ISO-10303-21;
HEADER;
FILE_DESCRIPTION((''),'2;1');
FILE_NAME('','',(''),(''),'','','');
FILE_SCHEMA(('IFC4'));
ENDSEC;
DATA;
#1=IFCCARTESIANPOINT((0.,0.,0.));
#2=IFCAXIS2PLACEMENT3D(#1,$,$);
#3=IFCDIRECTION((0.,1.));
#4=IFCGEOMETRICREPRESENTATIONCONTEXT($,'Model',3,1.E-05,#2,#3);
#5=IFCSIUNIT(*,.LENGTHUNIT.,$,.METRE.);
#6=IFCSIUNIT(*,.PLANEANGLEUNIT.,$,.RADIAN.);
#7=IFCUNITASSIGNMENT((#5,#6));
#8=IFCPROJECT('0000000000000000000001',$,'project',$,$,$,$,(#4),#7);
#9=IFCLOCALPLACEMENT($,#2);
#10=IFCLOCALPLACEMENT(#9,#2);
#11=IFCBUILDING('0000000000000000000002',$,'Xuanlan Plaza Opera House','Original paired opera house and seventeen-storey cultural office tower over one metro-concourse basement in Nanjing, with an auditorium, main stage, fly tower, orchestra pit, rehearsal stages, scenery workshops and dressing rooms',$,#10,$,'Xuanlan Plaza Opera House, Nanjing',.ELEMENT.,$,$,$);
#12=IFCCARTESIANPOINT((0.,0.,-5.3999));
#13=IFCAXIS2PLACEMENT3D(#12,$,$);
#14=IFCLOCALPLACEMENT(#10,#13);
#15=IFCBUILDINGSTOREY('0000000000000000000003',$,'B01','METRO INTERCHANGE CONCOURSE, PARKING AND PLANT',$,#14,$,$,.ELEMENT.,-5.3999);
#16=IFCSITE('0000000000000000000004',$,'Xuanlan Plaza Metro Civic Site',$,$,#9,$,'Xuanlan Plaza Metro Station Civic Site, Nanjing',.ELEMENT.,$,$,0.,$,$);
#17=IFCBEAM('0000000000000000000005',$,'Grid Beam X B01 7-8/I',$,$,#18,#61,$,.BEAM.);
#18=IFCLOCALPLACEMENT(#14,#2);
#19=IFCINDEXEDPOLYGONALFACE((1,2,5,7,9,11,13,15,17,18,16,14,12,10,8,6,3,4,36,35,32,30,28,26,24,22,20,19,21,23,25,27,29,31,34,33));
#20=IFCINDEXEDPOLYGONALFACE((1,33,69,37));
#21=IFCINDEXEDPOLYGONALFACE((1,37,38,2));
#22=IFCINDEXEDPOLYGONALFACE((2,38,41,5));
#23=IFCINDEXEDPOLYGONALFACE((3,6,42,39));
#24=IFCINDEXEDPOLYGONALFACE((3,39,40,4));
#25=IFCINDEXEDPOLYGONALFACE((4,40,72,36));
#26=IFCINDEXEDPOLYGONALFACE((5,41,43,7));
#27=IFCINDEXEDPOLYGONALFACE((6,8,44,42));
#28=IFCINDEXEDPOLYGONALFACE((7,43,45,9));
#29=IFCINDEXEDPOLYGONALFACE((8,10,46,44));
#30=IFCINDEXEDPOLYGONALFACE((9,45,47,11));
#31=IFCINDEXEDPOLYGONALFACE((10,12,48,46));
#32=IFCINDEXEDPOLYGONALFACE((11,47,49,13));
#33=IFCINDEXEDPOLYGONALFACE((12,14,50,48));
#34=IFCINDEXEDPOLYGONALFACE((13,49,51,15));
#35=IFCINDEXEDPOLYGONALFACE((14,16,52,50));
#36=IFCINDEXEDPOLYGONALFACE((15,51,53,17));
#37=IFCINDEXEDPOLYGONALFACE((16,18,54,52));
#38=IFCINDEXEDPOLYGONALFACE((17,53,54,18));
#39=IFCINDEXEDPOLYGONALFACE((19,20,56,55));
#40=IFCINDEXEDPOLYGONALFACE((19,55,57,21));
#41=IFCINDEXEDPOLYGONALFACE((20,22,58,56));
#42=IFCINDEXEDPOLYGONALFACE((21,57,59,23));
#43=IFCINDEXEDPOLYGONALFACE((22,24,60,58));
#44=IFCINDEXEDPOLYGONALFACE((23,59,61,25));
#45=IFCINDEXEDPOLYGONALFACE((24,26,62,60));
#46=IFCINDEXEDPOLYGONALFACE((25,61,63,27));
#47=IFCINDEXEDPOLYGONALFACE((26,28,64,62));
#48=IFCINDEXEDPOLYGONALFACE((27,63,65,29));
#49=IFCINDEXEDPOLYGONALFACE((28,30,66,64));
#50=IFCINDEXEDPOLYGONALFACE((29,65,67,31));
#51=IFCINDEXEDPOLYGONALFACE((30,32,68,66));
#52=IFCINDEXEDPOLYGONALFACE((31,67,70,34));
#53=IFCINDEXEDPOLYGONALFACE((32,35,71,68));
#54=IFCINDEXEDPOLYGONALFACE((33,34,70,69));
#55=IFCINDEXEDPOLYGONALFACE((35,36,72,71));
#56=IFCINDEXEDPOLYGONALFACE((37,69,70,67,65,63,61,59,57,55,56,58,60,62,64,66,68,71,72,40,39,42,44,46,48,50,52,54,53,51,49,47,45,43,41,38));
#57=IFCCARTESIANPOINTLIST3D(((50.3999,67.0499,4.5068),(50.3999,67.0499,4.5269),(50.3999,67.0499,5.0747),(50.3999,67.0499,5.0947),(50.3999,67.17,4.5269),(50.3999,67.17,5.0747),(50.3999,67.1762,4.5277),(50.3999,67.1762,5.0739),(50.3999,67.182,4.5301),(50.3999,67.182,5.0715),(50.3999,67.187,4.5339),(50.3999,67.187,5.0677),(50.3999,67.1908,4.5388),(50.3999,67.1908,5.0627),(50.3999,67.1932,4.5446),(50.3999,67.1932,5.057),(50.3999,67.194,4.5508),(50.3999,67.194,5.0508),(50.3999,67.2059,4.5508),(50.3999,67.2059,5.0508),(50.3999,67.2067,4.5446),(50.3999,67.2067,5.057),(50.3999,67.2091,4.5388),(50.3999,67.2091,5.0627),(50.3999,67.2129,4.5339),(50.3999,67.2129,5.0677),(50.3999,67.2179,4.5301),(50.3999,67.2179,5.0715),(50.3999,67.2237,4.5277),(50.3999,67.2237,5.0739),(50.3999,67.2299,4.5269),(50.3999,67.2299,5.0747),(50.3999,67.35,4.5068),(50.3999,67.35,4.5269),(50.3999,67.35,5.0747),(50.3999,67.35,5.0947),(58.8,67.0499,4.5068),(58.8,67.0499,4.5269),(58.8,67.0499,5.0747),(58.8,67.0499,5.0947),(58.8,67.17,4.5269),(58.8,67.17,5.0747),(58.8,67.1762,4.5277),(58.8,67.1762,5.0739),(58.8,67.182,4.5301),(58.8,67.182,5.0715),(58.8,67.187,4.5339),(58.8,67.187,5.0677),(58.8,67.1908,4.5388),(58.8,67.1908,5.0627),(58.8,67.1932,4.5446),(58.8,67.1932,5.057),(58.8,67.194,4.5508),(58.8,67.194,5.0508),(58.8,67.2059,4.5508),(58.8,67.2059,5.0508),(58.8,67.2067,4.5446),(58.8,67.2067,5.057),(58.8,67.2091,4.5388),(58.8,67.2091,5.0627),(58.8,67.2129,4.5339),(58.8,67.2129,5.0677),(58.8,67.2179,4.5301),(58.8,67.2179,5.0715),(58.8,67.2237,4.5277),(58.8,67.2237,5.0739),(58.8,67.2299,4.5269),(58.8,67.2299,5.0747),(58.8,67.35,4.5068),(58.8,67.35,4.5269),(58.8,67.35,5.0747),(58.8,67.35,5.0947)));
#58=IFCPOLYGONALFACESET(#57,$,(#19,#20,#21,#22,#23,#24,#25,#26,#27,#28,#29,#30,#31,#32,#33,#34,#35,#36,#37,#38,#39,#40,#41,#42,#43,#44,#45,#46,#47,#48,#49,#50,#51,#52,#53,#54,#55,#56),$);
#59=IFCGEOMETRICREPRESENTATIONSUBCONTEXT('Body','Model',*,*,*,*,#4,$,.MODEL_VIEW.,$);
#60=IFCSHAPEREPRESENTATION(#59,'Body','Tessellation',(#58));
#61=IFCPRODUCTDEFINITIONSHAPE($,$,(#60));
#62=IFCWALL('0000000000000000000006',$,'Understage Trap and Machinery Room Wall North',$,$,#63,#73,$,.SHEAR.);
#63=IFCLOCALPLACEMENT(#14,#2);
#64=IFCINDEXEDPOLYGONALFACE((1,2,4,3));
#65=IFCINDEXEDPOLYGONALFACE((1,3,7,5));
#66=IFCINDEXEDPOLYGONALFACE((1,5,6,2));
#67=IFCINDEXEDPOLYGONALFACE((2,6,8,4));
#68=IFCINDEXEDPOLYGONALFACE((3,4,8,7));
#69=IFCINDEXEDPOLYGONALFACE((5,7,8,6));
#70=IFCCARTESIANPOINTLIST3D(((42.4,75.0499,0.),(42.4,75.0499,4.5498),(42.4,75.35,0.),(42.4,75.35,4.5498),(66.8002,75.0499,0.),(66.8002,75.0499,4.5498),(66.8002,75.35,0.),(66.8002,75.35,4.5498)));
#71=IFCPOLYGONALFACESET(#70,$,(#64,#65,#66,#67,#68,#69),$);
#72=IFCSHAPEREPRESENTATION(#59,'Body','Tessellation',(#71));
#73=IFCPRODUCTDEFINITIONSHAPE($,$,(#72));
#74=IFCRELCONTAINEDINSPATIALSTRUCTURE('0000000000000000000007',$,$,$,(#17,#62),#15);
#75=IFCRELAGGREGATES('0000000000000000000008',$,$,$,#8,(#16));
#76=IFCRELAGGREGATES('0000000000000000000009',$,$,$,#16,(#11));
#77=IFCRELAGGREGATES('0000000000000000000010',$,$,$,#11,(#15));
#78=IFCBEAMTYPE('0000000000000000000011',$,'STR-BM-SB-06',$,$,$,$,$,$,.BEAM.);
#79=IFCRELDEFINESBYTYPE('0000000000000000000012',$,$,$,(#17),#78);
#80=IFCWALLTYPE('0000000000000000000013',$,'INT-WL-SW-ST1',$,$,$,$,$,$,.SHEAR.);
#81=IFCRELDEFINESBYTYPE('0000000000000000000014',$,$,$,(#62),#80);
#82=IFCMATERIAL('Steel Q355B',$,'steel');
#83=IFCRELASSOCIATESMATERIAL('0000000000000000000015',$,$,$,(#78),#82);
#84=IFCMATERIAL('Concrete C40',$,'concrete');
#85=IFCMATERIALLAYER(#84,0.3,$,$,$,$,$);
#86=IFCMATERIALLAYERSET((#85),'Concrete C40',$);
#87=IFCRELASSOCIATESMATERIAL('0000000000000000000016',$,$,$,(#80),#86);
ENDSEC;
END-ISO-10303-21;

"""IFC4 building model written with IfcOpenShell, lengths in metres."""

from ifc_helpers import new_model, si_unit, direction, frame, frame_2d, origin, origin_2d, place, context, subcontext, project, spatial, rectangle, i_section, extrude, material, layer, layer_set, material_profile, profile_set, type_object, element, save


model = new_model("IFC4")

# Units and contexts
model_context = context("Model", 3, precision=1e-05, world=origin(), true_north=direction((0.0, 1.0)))
body_context = subcontext(model_context, "Body", "Model", "MODEL_VIEW")
ifc_project = project(units=[si_unit("LENGTHUNIT", "METRE"), si_unit("PLANEANGLEUNIT", "RADIAN")], contexts=[model_context])

# Site, building, storey
site_placement = place(None, origin())
site = spatial("IfcSite", under=ifc_project, at=site_placement, Name="Xuanlan Plaza Metro Civic Site", LongName="Xuanlan Plaza Metro Station Civic Site, Nanjing", CompositionType="ELEMENT", RefElevation=0.0)
building_placement = place(site_placement, origin())
building = spatial("IfcBuilding", under=site, at=building_placement, Name="Xuanlan Plaza Opera House", Description="Original paired opera house and seventeen-storey cultural office tower over one metro-concourse basement in Nanjing, with an auditorium, main stage, fly tower, orchestra pit, rehearsal stages, scenery workshops and dressing rooms", LongName="Xuanlan Plaza Opera House, Nanjing", CompositionType="ELEMENT")
storey_placement = place(building_placement, frame((0.0, 0.0, -5.3999)))
storey = spatial("IfcBuildingStorey", under=building, at=storey_placement, Name="B01", Description="METRO INTERCHANGE CONCOURSE, PARKING AND PLANT", CompositionType="ELEMENT", Elevation=-5.3999)

# Shared definitions
ifc_material_1 = material(Name="Concrete C40", Category="concrete")

# Beam
ifc_material_2 = material(Name="Steel Q355B", Category="steel")
ifc_material_profile_1 = material_profile(ifc_material_2, i_section(OverallWidth=0.3, OverallDepth=0.5879, WebThickness=0.012, FlangeThickness=0.02, FilletRadius=0.0239, at=origin_2d()), Name="HM 588x300x12x20")
ifc_profile_set_1 = profile_set([ifc_material_profile_1], Name="Steel Q355B")
beam_type_1 = type_object("IfcBeamType", Name="STR-BM-SB-06", PredefinedType="BEAM", material=ifc_profile_set_1)
beam_1_placement = place(storey_placement, frame((50.3999, 67.2, 4.8008), z_axis=(1.0, 0.0, 0.0), x_axis=(0.0, 1.0, 0.0)))
element("IfcBeam", 1, at=beam_1_placement, inside=storey, type_object=beam_type_1, Name="Grid Beam X B01 7-8/I", PredefinedType="BEAM", context=body_context, shape_type="SweptSolid", body=[
    extrude(i_section(OverallWidth=0.3, OverallDepth=0.5879, WebThickness=0.012, FlangeThickness=0.02, FilletRadius=0.0239, at=origin_2d()), origin(), (0.0, 0.0, 1.0), 8.4001),
])

# Wall
ifc_layer = layer(ifc_material_1, 0.3)
ifc_layer_set = layer_set([ifc_layer], Name="Concrete C40")
wall_type = type_object("IfcWallType", Name="INT-WL-SW-ST1", PredefinedType="SHEAR", material=ifc_layer_set)
wall_placement = place(storey_placement, frame((42.3999, 75.2, 0.0), z_axis=(0.0, 0.0, 1.0), x_axis=(1.0, 0.0, 0.0)))
element("IfcWall", 2, at=wall_placement, inside=storey, type_object=wall_type, Name="Understage Trap and Machinery Room Wall North", PredefinedType="SHEAR", context=body_context, shape_type="SweptSolid", body=[
    extrude(rectangle(XDim=24.4001, YDim=0.3, at=frame_2d((12.2002, 0.0))), origin(), (0.0, 0.0, 1.0), 4.5498),
])

save(model, "model.ifc")
